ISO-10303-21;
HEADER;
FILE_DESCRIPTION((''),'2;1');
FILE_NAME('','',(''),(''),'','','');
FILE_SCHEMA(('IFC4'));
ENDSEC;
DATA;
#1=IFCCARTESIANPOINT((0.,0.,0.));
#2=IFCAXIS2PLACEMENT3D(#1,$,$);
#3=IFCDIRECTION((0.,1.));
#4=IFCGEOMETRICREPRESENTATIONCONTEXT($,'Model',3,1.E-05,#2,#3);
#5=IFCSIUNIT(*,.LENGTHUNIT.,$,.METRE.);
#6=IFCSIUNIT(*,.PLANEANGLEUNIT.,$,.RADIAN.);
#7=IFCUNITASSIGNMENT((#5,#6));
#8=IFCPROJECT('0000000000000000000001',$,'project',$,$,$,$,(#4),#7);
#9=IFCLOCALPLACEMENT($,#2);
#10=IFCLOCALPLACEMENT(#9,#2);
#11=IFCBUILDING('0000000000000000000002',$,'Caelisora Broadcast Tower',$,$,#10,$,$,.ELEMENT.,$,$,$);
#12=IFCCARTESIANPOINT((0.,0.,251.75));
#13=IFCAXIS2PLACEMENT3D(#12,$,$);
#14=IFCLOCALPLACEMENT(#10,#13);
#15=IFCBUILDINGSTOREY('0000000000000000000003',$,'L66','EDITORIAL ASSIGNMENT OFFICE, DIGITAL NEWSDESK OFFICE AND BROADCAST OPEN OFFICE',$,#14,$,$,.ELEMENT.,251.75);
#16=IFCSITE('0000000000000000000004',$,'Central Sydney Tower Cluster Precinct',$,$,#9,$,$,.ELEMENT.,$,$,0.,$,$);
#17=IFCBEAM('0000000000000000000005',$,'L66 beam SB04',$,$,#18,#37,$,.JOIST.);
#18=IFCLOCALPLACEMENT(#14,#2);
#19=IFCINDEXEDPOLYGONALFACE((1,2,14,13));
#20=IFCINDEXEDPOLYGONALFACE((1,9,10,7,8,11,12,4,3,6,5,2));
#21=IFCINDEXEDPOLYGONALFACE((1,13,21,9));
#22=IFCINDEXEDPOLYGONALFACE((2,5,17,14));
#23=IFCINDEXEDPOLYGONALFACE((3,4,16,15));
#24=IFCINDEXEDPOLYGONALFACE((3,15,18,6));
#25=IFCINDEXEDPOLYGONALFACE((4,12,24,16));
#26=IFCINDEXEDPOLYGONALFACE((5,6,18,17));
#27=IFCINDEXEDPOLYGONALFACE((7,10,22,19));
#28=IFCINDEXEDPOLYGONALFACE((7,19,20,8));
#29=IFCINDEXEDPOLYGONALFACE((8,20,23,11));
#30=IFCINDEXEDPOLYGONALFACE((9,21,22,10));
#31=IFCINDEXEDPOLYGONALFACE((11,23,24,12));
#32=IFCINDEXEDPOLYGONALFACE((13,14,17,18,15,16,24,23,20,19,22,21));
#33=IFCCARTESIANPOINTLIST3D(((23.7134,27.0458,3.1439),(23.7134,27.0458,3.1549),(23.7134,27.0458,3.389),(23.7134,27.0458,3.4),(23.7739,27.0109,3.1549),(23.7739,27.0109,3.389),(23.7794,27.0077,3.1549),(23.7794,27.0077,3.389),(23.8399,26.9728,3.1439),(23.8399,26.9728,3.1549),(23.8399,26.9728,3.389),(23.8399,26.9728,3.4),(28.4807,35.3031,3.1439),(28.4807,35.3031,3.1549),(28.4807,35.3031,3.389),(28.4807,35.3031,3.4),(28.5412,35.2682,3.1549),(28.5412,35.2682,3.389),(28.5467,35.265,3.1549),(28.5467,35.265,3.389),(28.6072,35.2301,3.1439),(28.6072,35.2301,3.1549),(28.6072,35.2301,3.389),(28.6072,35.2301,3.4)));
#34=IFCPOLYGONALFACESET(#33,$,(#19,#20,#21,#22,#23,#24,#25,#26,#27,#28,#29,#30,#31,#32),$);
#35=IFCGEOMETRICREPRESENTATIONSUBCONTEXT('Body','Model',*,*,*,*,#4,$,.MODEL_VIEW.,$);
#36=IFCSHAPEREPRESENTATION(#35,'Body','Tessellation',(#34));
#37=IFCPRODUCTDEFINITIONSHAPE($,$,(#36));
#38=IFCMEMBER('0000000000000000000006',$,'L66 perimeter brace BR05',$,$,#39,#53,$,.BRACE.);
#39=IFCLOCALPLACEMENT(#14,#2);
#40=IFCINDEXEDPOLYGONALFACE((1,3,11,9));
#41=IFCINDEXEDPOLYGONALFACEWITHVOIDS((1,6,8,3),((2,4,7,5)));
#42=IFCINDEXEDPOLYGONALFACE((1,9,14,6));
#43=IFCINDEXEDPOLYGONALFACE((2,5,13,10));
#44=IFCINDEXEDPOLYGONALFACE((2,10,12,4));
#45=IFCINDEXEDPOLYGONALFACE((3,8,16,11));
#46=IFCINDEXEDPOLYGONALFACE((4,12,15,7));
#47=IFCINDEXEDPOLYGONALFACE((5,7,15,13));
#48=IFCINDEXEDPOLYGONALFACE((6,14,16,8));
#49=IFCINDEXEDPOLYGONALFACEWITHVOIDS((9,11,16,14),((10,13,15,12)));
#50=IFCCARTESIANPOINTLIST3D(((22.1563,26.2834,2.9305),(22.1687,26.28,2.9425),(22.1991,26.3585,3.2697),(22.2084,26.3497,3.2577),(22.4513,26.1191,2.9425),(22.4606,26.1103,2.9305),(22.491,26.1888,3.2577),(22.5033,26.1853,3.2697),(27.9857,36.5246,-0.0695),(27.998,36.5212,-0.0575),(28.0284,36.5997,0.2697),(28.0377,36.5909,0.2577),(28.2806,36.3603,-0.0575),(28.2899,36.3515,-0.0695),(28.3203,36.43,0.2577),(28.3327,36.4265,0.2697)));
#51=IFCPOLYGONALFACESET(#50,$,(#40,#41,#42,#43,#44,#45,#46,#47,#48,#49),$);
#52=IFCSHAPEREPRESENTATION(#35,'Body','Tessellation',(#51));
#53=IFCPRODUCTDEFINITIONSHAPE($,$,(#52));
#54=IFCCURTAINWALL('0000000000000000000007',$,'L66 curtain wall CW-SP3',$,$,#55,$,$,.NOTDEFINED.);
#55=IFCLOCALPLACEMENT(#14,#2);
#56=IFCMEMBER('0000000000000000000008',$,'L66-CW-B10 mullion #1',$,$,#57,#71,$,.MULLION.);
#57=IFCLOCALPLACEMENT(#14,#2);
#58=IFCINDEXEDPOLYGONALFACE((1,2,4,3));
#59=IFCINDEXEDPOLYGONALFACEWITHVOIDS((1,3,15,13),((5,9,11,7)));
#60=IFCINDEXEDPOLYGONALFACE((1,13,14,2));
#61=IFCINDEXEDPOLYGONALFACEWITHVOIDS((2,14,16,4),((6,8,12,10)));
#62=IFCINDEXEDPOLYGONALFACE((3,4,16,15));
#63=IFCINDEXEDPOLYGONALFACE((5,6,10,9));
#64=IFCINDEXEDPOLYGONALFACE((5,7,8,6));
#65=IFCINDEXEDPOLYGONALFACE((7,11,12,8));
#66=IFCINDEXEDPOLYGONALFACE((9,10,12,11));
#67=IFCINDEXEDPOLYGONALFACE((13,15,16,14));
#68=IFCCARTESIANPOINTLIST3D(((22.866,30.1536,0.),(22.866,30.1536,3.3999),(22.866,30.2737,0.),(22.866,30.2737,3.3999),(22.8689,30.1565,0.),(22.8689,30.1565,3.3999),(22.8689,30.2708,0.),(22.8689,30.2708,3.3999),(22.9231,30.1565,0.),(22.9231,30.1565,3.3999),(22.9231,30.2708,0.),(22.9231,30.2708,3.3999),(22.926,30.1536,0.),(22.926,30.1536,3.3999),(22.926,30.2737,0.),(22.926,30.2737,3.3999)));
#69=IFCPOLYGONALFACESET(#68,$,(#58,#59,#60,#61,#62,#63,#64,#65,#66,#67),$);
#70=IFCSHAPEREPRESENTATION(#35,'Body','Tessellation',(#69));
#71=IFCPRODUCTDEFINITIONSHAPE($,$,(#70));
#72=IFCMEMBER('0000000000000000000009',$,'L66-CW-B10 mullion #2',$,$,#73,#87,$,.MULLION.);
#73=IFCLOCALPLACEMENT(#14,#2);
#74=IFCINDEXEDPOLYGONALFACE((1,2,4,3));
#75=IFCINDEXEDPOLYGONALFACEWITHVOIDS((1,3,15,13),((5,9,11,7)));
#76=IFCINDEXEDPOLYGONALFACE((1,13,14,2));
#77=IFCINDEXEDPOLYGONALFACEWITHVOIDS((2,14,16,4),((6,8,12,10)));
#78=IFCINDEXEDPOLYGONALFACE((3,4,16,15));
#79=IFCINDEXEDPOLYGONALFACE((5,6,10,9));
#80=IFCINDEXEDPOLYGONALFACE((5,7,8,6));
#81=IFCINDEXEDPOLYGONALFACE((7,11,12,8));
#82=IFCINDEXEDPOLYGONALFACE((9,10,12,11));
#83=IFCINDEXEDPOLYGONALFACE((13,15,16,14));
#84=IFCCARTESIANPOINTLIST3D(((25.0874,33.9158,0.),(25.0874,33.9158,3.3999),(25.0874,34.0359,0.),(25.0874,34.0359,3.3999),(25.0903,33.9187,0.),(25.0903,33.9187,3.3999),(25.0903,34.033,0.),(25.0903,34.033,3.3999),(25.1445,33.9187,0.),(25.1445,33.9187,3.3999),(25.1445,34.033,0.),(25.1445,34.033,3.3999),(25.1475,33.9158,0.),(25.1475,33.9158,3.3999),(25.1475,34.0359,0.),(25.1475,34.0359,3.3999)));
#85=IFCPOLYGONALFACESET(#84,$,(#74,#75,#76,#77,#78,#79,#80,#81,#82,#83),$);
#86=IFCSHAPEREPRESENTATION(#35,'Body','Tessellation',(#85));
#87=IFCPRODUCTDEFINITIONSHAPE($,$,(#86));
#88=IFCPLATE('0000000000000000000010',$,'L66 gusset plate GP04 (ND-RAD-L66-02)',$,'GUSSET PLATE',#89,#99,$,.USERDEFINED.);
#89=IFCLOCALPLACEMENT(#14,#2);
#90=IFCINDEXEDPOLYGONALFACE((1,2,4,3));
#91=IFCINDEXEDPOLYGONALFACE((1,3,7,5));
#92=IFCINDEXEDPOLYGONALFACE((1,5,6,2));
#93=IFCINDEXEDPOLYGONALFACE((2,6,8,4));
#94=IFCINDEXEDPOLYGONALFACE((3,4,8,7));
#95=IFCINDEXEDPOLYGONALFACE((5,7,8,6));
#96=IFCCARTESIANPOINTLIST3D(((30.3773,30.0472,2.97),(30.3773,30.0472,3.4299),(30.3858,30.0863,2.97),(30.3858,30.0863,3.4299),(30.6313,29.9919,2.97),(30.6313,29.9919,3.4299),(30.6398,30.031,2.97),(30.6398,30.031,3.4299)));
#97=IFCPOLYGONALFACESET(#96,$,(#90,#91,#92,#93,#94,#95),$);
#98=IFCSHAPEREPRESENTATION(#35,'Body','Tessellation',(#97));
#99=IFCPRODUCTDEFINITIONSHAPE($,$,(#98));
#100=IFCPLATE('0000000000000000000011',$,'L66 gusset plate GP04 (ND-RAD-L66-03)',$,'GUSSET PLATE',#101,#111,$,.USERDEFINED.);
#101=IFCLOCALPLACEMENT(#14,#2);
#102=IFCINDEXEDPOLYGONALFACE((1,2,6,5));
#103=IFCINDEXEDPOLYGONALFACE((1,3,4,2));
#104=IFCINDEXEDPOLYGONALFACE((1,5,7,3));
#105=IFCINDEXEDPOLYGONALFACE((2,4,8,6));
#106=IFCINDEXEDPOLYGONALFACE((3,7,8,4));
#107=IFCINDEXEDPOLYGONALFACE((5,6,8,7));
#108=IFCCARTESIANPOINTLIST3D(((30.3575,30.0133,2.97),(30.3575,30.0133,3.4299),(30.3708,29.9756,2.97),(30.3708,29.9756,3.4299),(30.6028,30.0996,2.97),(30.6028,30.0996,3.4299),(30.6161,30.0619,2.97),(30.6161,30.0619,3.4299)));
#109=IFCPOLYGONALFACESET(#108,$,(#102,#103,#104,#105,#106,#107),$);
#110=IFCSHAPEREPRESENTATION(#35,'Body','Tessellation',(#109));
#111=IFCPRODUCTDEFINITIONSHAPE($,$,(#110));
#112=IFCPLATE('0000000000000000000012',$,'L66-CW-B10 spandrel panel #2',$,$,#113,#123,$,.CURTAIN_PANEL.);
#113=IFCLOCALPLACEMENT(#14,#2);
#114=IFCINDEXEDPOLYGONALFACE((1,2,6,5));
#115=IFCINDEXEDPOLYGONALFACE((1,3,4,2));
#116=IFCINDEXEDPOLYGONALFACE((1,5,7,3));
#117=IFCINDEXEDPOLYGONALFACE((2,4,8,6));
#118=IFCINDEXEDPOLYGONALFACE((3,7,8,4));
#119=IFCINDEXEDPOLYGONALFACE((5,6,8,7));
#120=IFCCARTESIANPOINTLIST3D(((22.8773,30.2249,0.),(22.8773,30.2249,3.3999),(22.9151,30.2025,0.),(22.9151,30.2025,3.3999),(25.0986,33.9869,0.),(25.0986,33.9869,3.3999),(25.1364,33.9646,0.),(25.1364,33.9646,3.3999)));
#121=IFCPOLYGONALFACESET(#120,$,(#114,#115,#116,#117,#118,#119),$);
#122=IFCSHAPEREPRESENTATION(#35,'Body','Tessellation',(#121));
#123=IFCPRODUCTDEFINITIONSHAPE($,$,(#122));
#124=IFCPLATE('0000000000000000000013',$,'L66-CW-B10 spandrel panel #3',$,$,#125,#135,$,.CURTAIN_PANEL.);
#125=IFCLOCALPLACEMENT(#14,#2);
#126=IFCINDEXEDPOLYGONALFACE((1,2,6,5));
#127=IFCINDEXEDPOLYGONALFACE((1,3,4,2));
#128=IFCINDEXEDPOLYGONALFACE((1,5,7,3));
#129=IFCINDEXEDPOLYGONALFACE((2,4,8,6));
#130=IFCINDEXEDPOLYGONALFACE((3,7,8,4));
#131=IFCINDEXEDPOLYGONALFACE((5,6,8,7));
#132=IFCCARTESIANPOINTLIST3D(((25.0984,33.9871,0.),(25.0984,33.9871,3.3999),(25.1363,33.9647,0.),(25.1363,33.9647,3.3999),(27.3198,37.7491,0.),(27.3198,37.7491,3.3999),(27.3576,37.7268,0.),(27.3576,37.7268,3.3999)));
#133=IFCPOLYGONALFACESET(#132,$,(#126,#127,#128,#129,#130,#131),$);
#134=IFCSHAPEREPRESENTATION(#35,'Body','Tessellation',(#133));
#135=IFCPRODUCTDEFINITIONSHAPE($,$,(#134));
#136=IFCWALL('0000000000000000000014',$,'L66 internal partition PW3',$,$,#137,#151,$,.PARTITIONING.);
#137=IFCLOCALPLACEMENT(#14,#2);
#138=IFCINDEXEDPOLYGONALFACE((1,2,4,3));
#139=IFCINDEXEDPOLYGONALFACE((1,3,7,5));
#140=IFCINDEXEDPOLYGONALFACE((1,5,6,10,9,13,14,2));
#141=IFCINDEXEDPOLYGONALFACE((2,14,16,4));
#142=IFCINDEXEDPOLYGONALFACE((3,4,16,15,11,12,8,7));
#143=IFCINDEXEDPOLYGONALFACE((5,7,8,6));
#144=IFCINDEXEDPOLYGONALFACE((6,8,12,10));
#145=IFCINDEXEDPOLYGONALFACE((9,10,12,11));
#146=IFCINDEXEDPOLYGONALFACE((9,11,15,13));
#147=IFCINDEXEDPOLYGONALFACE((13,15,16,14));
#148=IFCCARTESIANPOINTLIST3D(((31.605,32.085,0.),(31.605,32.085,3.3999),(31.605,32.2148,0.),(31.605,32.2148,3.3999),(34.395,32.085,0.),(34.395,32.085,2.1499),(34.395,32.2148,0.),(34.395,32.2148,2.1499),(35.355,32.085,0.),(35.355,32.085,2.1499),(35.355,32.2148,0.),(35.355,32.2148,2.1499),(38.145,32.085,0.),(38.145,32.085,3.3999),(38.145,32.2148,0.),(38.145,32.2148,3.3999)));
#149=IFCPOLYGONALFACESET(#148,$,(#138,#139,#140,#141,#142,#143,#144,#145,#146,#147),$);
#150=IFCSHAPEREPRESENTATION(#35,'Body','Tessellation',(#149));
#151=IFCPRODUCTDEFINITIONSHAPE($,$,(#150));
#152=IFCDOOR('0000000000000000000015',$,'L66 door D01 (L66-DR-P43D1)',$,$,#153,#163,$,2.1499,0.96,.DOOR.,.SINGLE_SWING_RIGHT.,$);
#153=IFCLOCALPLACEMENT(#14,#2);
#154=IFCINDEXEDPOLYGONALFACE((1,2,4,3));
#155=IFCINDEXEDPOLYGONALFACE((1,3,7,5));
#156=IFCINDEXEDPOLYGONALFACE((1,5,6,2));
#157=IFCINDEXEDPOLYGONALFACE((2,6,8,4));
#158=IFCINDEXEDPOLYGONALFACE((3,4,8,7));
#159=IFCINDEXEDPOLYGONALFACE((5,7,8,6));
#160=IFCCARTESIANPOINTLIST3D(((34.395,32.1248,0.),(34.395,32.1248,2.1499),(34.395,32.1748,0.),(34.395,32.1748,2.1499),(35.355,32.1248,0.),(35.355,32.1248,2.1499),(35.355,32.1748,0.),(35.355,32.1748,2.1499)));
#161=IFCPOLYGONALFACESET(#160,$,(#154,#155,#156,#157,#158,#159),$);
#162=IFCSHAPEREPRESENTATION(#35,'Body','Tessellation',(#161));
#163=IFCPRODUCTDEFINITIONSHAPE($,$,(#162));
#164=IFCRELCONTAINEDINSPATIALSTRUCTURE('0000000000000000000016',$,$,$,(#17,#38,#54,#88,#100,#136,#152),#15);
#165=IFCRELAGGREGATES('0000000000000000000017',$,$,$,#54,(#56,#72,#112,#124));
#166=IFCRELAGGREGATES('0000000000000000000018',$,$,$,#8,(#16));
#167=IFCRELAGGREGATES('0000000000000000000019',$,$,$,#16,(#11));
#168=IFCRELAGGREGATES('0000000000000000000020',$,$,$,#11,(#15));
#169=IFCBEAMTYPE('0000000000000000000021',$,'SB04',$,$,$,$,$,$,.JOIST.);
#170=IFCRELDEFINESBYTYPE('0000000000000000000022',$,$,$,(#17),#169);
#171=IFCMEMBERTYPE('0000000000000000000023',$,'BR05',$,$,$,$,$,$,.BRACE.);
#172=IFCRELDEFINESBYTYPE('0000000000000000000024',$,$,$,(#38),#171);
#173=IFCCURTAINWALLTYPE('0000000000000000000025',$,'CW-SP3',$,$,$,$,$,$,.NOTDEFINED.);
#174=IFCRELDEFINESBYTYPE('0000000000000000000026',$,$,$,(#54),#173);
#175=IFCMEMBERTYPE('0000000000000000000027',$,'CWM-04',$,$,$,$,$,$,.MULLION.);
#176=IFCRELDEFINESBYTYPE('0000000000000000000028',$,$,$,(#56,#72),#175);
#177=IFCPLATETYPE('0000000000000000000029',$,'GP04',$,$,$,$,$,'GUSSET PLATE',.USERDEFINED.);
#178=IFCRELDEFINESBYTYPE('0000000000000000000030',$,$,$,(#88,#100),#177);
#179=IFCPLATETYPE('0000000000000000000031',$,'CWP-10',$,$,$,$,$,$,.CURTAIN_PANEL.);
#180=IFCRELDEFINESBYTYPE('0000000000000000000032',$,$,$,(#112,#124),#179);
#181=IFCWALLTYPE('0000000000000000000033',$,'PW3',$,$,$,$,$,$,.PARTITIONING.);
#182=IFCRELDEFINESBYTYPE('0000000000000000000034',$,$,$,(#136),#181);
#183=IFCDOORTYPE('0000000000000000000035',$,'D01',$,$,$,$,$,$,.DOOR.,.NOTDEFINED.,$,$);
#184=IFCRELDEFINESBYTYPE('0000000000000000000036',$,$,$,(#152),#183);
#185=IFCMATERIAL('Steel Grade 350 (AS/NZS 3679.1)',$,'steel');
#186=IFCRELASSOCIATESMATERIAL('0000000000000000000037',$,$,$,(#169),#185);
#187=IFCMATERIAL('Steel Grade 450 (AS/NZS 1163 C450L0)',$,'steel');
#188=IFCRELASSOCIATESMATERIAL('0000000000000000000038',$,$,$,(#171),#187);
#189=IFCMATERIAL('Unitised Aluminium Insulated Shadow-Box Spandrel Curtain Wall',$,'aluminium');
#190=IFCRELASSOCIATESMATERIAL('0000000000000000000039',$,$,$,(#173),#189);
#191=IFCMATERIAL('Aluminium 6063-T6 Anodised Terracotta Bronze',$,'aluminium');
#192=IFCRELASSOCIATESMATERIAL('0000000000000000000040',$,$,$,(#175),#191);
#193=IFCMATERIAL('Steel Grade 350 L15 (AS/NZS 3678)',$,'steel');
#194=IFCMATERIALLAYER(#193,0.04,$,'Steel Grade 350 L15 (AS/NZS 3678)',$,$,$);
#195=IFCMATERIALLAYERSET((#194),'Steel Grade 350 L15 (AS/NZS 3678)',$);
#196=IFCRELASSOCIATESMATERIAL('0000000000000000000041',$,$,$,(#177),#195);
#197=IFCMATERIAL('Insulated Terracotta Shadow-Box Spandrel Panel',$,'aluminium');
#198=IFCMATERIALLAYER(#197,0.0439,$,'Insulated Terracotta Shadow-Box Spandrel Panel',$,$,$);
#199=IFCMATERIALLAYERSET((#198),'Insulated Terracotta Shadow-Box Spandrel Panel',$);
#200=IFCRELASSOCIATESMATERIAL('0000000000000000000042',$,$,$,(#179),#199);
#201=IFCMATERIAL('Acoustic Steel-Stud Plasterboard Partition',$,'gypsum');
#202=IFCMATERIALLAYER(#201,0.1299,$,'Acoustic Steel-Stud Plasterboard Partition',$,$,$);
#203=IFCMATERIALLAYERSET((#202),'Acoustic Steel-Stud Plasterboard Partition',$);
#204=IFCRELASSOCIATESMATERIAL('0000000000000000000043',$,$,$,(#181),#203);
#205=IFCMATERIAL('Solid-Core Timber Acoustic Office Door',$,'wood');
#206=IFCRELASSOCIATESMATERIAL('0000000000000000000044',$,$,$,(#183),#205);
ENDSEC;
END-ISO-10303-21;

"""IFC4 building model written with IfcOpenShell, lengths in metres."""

from ifc_helpers import new_model, si_unit, direction, frame, frame_2d, origin, origin_2d, place, context, subcontext, project, spatial, rectangle, hollow_rectangle, i_section, extrude, source, transform, mapped, material, layer, layer_set, material_profile, profile_set, type_object, type_shapes, element, fill, aggregate, save


model = new_model("IFC4")

# Units and contexts
model_context = context("Model", 3, precision=1e-05, world=origin(), true_north=direction((0.0, 1.0)))
body_context = subcontext(model_context, "Body", "Model", "MODEL_VIEW")
ifc_project = project(units=[si_unit("LENGTHUNIT", "METRE"), si_unit("PLANEANGLEUNIT", "RADIAN")], contexts=[model_context])

# Site, building, storey
site_placement = place(None, origin())
site = spatial("IfcSite", under=ifc_project, at=site_placement, Name="Central Sydney Tower Cluster Precinct", CompositionType="ELEMENT", RefElevation=0.0)
building_placement = place(site_placement, origin())
building = spatial("IfcBuilding", under=site, at=building_placement, Name="Caelisora Broadcast Tower", CompositionType="ELEMENT")
storey_placement = place(building_placement, frame((0.0, 0.0, 251.75)))
storey = spatial("IfcBuildingStorey", under=building, at=storey_placement, Name="L66", Description="EDITORIAL ASSIGNMENT OFFICE, DIGITAL NEWSDESK OFFICE AND BROADCAST OPEN OFFICE", CompositionType="ELEMENT", Elevation=251.75)

# Shared definitions
ifc_material_1 = material(Name="Steel Grade 350 L15 (AS/NZS 3678)", Category="steel")

# Beam
ifc_material_2 = material(Name="Steel Grade 350 (AS/NZS 3679.1)", Category="steel")
ifc_material_profile_1 = material_profile(ifc_material_2, i_section(OverallWidth=0.146, OverallDepth=0.2561, WebThickness=0.0063, FlangeThickness=0.011, at=origin_2d()), Name="Steel Grade 350 (AS/NZS 3679.1)")
ifc_profile_set_1 = profile_set([ifc_material_profile_1], Name="Steel Grade 350 (AS/NZS 3679.1)")
beam_type_1 = type_object("IfcBeamType", Name="SB04", PredefinedType="JOIST", material=ifc_profile_set_1)
shared_shape_1 = source(origin(), body_context, "Body", "SweptSolid", [
    extrude(i_section(OverallWidth=0.146, OverallDepth=0.2561, WebThickness=0.0063, FlangeThickness=0.011, at=origin_2d()), origin(), (0.0, 0.0, 1.0), 9.5347),
])
beam_1_placement = place(storey_placement, frame((28.5439, 35.2666, 3.272), z_axis=(-0.499997, -0.866027, 0.0), x_axis=(0.866027, -0.499997, 0.0)))
element("IfcBeam", 1, at=beam_1_placement, inside=storey, type_object=beam_type_1, Name="L66 beam SB04", PredefinedType="JOIST", context=body_context, shape_type="MappedRepresentation", body=[
    mapped(shared_shape_1, transform((0.0, 0.0, 0.0), scale=1.0)),
])

# Member
ifc_material_3 = material(Name="Steel Grade 450 (AS/NZS 1163 C450L0)", Category="steel")
ifc_material_profile_2 = material_profile(ifc_material_3, hollow_rectangle(XDim=0.3501, YDim=0.3501, WallThickness=0.0125, at=origin_2d()), Name="Steel Grade 450 (AS/NZS 1163 C450L0)")
ifc_profile_set_2 = profile_set([ifc_material_profile_2], Name="Steel Grade 450 (AS/NZS 1163 C450L0)")
member_type_1 = type_object("IfcMemberType", Name="BR05", PredefinedType="BRACE", material=ifc_profile_set_2)
shared_shape_2 = source(origin(), body_context, "Body", "SweptSolid", [
    extrude(hollow_rectangle(XDim=0.3501, YDim=0.3501, WallThickness=0.0125, at=origin_2d()), origin(), (0.0, 0.0, 1.0), 12.1599),
])
type_shapes(member_type_1, [shared_shape_2])
member_1_placement = place(storey_placement, frame((28.1592, 36.4756, 0.1001), z_axis=(-0.47939, -0.84221, 0.246712), x_axis=(0.869074, -0.494681, 0.0)))
element("IfcMember", 2, at=member_1_placement, inside=storey, type_object=member_type_1, Name="L66 perimeter brace BR05", PredefinedType="BRACE", context=body_context, shape_type="MappedRepresentation", body=[
    mapped(shared_shape_2, transform((0.0, 0.0, 0.0), scale=1.0)),
])

# Curtain wall, members
ifc_material_4 = material(Name="Unitised Aluminium Insulated Shadow-Box Spandrel Curtain Wall", Category="aluminium")
curtain_wall_type = type_object("IfcCurtainWallType", Name="CW-SP3", PredefinedType="NOTDEFINED", material=ifc_material_4)
curtain_wall_placement = place(storey_placement, origin())
curtain_wall = element("IfcCurtainWall", 3, at=curtain_wall_placement, inside=storey, type_object=curtain_wall_type, Name="L66 curtain wall CW-SP3", PredefinedType="NOTDEFINED")
ifc_material_5 = material(Name="Aluminium 6063-T6 Anodised Terracotta Bronze", Category="aluminium")
ifc_material_profile_3 = material_profile(ifc_material_5, hollow_rectangle(XDim=0.0601, YDim=0.1201, WallThickness=0.0029, at=origin_2d()), Name="Aluminium 6063-T6 Anodised Terracotta Bronze")
ifc_profile_set_3 = profile_set([ifc_material_profile_3], Name="Aluminium 6063-T6 Anodised Terracotta Bronze")
member_type_2 = type_object("IfcMemberType", Name="CWM-04", PredefinedType="MULLION", material=ifc_profile_set_3)
shared_shape_3 = source(origin(), body_context, "Body", "SweptSolid", [
    extrude(hollow_rectangle(XDim=0.0601, YDim=0.1201, WallThickness=0.0029, at=origin_2d()), origin(), (0.0, 0.0, 1.0), 3.3999),
])
type_shapes(member_type_2, [shared_shape_3])
member_2_placement = place(storey_placement, frame((22.896, 30.2136, 0.0), z_axis=(0.0, 0.0, 1.0), x_axis=(1.0, 0.0, 0.0)))
member_2 = element("IfcMember", 4, at=member_2_placement, type_object=member_type_2, Name="L66-CW-B10 mullion #1", PredefinedType="MULLION", context=body_context, shape_type="MappedRepresentation", body=[
    mapped(shared_shape_3, transform((0.0, 0.0, 0.0), scale=1.0)),
])
member_3_placement = place(storey_placement, frame((25.1174, 33.9758, 0.0), z_axis=(0.0, 0.0, 1.0), x_axis=(1.0, 0.0, 0.0)))
member_3 = element("IfcMember", 5, at=member_3_placement, type_object=member_type_2, Name="L66-CW-B10 mullion #2", PredefinedType="MULLION", context=body_context, shape_type="MappedRepresentation", body=[
    mapped(shared_shape_3, transform((0.0, 0.0, 0.0), scale=1.0)),
])

# Plates
ifc_layer_1 = layer(ifc_material_1, 0.04, Name="Steel Grade 350 L15 (AS/NZS 3678)")
ifc_layer_set_1 = layer_set([ifc_layer_1], Name="Steel Grade 350 L15 (AS/NZS 3678)")
plate_type_1 = type_object("IfcPlateType", Name="GP04", ElementType="GUSSET PLATE", PredefinedType="USERDEFINED", material=ifc_layer_set_1)
shared_shape_4 = source(origin(), body_context, "Body", "SweptSolid", [
    extrude(rectangle(XDim=0.26, YDim=0.04, at=origin_2d()), origin(), (0.0, 0.0, 1.0), 0.46),
])
type_shapes(plate_type_1, [shared_shape_4])
for number, where, z_axis, x_axis, name in (
    (6, (30.5085, 30.0391, 2.97), (0.0, 0.0, 1.0), (-0.97712, 0.212689, 0.0), "L66 gusset plate GP04 (ND-RAD-L66-02)"),
    (7, (30.4868, 30.0376, 2.97), (0.0, 0.0, 1.0), (-0.943339, -0.331832, 0.0), "L66 gusset plate GP04 (ND-RAD-L66-03)"),
):
    element("IfcPlate", number, at=place(storey_placement, frame(where, z_axis=z_axis, x_axis=x_axis)), inside=storey, type_object=plate_type_1, Name=name, ObjectType="GUSSET PLATE", PredefinedType="USERDEFINED", context=body_context, shape_type="MappedRepresentation", body=[
        mapped(shared_shape_4, transform((0.0, 0.0, 0.0), scale=1.0)),
    ])

# Plates
ifc_material_6 = material(Name="Insulated Terracotta Shadow-Box Spandrel Panel", Category="aluminium")
ifc_layer_2 = layer(ifc_material_6, 0.0439, Name="Insulated Terracotta Shadow-Box Spandrel Panel")
ifc_layer_set_2 = layer_set([ifc_layer_2], Name="Insulated Terracotta Shadow-Box Spandrel Panel")
plate_type_2 = type_object("IfcPlateType", Name="CWP-10", PredefinedType="CURTAIN_PANEL", material=ifc_layer_set_2)
shared_shape_5 = source(origin(), body_context, "Body", "SweptSolid", [
    extrude(rectangle(XDim=4.3689, YDim=0.0439, at=origin_2d()), origin(), (0.0, 0.0, 1.0), 3.3999),
])
type_shapes(plate_type_2, [shared_shape_5])
plate_1_placement = place(storey_placement, frame((24.0068, 32.0947, 0.0), z_axis=(0.0, 0.0, 1.0), x_axis=(0.50844, 0.861097, 0.0)))
plate_1 = element("IfcPlate", 8, at=plate_1_placement, type_object=plate_type_2, Name="L66-CW-B10 spandrel panel #2", PredefinedType="CURTAIN_PANEL", context=body_context, shape_type="MappedRepresentation", body=[
    mapped(shared_shape_5, transform((0.0, 0.0, 0.0), scale=1.0)),
])
plate_2_placement = place(storey_placement, frame((26.228, 35.8569, 0.0), z_axis=(0.0, 0.0, 1.0), x_axis=(0.50844, 0.861097, 0.0)))
plate_2 = element("IfcPlate", 9, at=plate_2_placement, type_object=plate_type_2, Name="L66-CW-B10 spandrel panel #3", PredefinedType="CURTAIN_PANEL", context=body_context, shape_type="MappedRepresentation", body=[
    mapped(shared_shape_5, transform((0.0, 0.0, 0.0), scale=1.0)),
])
aggregate(curtain_wall, [member_2, member_3, plate_1, plate_2])

# Wall, opening, door
ifc_material_7 = material(Name="Acoustic Steel-Stud Plasterboard Partition", Category="gypsum")
ifc_layer_3 = layer(ifc_material_7, 0.1299, Name="Acoustic Steel-Stud Plasterboard Partition")
ifc_layer_set_3 = layer_set([ifc_layer_3], Name="Acoustic Steel-Stud Plasterboard Partition")
wall_type = type_object("IfcWallType", Name="PW3", PredefinedType="PARTITIONING", material=ifc_layer_set_3)
wall_1_placement = place(storey_placement, frame((31.605, 32.1499, 0.0), z_axis=(0.0, 0.0, 1.0), x_axis=(1.0, 0.0, 0.0)))
wall_1 = element("IfcWall", 10, at=wall_1_placement, inside=storey, type_object=wall_type, Name="L66 internal partition PW3", PredefinedType="PARTITIONING", context=body_context, shape_type="SweptSolid", body=[
    extrude(rectangle(XDim=6.54, YDim=0.1299, at=frame_2d((3.27, 0.0))), origin(), (0.0, 0.0, 1.0), 3.3999),
])
opening_1_placement = place(wall_1_placement, frame((2.79, 0.0, 0.0)))
opening_1 = element("IfcOpeningElement", 11, at=opening_1_placement, cuts=wall_1, PredefinedType="OPENING", context=body_context, shape_type="SweptSolid", body=[
    extrude(rectangle(XDim=0.96, YDim=2.1499, at=frame_2d((0.48, 1.075))), frame((0.0, 0.0769, 0.0), z_axis=(0.0, -1.0, 0.0), x_axis=(1.0, 0.0, 0.0)), (0.0, 0.0, 1.0), 0.1538),
])
ifc_material_8 = material(Name="Solid-Core Timber Acoustic Office Door", Category="wood")
door_type = type_object("IfcDoorType", Name="D01", OperationType="NOTDEFINED", PredefinedType="DOOR", material=ifc_material_8)
door_1_placement = place(opening_1_placement, origin())
door_1 = element("IfcDoor", 12, at=door_1_placement, inside=storey, type_object=door_type, Name="L66 door D01 (L66-DR-P43D1)", OperationType="SINGLE_SWING_RIGHT", OverallHeight=2.1499, OverallWidth=0.96, PredefinedType="DOOR", context=body_context, shape_type="SweptSolid", body=[
    extrude(rectangle(XDim=0.96, YDim=2.1499, at=frame_2d((0.48, 1.075))), frame((0.0, 0.0249, 0.0), z_axis=(0.0, -1.0, 0.0), x_axis=(1.0, 0.0, 0.0)), (0.0, 0.0, 1.0), 0.05),
])
fill(opening_1, door_1)

save(model, "model.ifc")
